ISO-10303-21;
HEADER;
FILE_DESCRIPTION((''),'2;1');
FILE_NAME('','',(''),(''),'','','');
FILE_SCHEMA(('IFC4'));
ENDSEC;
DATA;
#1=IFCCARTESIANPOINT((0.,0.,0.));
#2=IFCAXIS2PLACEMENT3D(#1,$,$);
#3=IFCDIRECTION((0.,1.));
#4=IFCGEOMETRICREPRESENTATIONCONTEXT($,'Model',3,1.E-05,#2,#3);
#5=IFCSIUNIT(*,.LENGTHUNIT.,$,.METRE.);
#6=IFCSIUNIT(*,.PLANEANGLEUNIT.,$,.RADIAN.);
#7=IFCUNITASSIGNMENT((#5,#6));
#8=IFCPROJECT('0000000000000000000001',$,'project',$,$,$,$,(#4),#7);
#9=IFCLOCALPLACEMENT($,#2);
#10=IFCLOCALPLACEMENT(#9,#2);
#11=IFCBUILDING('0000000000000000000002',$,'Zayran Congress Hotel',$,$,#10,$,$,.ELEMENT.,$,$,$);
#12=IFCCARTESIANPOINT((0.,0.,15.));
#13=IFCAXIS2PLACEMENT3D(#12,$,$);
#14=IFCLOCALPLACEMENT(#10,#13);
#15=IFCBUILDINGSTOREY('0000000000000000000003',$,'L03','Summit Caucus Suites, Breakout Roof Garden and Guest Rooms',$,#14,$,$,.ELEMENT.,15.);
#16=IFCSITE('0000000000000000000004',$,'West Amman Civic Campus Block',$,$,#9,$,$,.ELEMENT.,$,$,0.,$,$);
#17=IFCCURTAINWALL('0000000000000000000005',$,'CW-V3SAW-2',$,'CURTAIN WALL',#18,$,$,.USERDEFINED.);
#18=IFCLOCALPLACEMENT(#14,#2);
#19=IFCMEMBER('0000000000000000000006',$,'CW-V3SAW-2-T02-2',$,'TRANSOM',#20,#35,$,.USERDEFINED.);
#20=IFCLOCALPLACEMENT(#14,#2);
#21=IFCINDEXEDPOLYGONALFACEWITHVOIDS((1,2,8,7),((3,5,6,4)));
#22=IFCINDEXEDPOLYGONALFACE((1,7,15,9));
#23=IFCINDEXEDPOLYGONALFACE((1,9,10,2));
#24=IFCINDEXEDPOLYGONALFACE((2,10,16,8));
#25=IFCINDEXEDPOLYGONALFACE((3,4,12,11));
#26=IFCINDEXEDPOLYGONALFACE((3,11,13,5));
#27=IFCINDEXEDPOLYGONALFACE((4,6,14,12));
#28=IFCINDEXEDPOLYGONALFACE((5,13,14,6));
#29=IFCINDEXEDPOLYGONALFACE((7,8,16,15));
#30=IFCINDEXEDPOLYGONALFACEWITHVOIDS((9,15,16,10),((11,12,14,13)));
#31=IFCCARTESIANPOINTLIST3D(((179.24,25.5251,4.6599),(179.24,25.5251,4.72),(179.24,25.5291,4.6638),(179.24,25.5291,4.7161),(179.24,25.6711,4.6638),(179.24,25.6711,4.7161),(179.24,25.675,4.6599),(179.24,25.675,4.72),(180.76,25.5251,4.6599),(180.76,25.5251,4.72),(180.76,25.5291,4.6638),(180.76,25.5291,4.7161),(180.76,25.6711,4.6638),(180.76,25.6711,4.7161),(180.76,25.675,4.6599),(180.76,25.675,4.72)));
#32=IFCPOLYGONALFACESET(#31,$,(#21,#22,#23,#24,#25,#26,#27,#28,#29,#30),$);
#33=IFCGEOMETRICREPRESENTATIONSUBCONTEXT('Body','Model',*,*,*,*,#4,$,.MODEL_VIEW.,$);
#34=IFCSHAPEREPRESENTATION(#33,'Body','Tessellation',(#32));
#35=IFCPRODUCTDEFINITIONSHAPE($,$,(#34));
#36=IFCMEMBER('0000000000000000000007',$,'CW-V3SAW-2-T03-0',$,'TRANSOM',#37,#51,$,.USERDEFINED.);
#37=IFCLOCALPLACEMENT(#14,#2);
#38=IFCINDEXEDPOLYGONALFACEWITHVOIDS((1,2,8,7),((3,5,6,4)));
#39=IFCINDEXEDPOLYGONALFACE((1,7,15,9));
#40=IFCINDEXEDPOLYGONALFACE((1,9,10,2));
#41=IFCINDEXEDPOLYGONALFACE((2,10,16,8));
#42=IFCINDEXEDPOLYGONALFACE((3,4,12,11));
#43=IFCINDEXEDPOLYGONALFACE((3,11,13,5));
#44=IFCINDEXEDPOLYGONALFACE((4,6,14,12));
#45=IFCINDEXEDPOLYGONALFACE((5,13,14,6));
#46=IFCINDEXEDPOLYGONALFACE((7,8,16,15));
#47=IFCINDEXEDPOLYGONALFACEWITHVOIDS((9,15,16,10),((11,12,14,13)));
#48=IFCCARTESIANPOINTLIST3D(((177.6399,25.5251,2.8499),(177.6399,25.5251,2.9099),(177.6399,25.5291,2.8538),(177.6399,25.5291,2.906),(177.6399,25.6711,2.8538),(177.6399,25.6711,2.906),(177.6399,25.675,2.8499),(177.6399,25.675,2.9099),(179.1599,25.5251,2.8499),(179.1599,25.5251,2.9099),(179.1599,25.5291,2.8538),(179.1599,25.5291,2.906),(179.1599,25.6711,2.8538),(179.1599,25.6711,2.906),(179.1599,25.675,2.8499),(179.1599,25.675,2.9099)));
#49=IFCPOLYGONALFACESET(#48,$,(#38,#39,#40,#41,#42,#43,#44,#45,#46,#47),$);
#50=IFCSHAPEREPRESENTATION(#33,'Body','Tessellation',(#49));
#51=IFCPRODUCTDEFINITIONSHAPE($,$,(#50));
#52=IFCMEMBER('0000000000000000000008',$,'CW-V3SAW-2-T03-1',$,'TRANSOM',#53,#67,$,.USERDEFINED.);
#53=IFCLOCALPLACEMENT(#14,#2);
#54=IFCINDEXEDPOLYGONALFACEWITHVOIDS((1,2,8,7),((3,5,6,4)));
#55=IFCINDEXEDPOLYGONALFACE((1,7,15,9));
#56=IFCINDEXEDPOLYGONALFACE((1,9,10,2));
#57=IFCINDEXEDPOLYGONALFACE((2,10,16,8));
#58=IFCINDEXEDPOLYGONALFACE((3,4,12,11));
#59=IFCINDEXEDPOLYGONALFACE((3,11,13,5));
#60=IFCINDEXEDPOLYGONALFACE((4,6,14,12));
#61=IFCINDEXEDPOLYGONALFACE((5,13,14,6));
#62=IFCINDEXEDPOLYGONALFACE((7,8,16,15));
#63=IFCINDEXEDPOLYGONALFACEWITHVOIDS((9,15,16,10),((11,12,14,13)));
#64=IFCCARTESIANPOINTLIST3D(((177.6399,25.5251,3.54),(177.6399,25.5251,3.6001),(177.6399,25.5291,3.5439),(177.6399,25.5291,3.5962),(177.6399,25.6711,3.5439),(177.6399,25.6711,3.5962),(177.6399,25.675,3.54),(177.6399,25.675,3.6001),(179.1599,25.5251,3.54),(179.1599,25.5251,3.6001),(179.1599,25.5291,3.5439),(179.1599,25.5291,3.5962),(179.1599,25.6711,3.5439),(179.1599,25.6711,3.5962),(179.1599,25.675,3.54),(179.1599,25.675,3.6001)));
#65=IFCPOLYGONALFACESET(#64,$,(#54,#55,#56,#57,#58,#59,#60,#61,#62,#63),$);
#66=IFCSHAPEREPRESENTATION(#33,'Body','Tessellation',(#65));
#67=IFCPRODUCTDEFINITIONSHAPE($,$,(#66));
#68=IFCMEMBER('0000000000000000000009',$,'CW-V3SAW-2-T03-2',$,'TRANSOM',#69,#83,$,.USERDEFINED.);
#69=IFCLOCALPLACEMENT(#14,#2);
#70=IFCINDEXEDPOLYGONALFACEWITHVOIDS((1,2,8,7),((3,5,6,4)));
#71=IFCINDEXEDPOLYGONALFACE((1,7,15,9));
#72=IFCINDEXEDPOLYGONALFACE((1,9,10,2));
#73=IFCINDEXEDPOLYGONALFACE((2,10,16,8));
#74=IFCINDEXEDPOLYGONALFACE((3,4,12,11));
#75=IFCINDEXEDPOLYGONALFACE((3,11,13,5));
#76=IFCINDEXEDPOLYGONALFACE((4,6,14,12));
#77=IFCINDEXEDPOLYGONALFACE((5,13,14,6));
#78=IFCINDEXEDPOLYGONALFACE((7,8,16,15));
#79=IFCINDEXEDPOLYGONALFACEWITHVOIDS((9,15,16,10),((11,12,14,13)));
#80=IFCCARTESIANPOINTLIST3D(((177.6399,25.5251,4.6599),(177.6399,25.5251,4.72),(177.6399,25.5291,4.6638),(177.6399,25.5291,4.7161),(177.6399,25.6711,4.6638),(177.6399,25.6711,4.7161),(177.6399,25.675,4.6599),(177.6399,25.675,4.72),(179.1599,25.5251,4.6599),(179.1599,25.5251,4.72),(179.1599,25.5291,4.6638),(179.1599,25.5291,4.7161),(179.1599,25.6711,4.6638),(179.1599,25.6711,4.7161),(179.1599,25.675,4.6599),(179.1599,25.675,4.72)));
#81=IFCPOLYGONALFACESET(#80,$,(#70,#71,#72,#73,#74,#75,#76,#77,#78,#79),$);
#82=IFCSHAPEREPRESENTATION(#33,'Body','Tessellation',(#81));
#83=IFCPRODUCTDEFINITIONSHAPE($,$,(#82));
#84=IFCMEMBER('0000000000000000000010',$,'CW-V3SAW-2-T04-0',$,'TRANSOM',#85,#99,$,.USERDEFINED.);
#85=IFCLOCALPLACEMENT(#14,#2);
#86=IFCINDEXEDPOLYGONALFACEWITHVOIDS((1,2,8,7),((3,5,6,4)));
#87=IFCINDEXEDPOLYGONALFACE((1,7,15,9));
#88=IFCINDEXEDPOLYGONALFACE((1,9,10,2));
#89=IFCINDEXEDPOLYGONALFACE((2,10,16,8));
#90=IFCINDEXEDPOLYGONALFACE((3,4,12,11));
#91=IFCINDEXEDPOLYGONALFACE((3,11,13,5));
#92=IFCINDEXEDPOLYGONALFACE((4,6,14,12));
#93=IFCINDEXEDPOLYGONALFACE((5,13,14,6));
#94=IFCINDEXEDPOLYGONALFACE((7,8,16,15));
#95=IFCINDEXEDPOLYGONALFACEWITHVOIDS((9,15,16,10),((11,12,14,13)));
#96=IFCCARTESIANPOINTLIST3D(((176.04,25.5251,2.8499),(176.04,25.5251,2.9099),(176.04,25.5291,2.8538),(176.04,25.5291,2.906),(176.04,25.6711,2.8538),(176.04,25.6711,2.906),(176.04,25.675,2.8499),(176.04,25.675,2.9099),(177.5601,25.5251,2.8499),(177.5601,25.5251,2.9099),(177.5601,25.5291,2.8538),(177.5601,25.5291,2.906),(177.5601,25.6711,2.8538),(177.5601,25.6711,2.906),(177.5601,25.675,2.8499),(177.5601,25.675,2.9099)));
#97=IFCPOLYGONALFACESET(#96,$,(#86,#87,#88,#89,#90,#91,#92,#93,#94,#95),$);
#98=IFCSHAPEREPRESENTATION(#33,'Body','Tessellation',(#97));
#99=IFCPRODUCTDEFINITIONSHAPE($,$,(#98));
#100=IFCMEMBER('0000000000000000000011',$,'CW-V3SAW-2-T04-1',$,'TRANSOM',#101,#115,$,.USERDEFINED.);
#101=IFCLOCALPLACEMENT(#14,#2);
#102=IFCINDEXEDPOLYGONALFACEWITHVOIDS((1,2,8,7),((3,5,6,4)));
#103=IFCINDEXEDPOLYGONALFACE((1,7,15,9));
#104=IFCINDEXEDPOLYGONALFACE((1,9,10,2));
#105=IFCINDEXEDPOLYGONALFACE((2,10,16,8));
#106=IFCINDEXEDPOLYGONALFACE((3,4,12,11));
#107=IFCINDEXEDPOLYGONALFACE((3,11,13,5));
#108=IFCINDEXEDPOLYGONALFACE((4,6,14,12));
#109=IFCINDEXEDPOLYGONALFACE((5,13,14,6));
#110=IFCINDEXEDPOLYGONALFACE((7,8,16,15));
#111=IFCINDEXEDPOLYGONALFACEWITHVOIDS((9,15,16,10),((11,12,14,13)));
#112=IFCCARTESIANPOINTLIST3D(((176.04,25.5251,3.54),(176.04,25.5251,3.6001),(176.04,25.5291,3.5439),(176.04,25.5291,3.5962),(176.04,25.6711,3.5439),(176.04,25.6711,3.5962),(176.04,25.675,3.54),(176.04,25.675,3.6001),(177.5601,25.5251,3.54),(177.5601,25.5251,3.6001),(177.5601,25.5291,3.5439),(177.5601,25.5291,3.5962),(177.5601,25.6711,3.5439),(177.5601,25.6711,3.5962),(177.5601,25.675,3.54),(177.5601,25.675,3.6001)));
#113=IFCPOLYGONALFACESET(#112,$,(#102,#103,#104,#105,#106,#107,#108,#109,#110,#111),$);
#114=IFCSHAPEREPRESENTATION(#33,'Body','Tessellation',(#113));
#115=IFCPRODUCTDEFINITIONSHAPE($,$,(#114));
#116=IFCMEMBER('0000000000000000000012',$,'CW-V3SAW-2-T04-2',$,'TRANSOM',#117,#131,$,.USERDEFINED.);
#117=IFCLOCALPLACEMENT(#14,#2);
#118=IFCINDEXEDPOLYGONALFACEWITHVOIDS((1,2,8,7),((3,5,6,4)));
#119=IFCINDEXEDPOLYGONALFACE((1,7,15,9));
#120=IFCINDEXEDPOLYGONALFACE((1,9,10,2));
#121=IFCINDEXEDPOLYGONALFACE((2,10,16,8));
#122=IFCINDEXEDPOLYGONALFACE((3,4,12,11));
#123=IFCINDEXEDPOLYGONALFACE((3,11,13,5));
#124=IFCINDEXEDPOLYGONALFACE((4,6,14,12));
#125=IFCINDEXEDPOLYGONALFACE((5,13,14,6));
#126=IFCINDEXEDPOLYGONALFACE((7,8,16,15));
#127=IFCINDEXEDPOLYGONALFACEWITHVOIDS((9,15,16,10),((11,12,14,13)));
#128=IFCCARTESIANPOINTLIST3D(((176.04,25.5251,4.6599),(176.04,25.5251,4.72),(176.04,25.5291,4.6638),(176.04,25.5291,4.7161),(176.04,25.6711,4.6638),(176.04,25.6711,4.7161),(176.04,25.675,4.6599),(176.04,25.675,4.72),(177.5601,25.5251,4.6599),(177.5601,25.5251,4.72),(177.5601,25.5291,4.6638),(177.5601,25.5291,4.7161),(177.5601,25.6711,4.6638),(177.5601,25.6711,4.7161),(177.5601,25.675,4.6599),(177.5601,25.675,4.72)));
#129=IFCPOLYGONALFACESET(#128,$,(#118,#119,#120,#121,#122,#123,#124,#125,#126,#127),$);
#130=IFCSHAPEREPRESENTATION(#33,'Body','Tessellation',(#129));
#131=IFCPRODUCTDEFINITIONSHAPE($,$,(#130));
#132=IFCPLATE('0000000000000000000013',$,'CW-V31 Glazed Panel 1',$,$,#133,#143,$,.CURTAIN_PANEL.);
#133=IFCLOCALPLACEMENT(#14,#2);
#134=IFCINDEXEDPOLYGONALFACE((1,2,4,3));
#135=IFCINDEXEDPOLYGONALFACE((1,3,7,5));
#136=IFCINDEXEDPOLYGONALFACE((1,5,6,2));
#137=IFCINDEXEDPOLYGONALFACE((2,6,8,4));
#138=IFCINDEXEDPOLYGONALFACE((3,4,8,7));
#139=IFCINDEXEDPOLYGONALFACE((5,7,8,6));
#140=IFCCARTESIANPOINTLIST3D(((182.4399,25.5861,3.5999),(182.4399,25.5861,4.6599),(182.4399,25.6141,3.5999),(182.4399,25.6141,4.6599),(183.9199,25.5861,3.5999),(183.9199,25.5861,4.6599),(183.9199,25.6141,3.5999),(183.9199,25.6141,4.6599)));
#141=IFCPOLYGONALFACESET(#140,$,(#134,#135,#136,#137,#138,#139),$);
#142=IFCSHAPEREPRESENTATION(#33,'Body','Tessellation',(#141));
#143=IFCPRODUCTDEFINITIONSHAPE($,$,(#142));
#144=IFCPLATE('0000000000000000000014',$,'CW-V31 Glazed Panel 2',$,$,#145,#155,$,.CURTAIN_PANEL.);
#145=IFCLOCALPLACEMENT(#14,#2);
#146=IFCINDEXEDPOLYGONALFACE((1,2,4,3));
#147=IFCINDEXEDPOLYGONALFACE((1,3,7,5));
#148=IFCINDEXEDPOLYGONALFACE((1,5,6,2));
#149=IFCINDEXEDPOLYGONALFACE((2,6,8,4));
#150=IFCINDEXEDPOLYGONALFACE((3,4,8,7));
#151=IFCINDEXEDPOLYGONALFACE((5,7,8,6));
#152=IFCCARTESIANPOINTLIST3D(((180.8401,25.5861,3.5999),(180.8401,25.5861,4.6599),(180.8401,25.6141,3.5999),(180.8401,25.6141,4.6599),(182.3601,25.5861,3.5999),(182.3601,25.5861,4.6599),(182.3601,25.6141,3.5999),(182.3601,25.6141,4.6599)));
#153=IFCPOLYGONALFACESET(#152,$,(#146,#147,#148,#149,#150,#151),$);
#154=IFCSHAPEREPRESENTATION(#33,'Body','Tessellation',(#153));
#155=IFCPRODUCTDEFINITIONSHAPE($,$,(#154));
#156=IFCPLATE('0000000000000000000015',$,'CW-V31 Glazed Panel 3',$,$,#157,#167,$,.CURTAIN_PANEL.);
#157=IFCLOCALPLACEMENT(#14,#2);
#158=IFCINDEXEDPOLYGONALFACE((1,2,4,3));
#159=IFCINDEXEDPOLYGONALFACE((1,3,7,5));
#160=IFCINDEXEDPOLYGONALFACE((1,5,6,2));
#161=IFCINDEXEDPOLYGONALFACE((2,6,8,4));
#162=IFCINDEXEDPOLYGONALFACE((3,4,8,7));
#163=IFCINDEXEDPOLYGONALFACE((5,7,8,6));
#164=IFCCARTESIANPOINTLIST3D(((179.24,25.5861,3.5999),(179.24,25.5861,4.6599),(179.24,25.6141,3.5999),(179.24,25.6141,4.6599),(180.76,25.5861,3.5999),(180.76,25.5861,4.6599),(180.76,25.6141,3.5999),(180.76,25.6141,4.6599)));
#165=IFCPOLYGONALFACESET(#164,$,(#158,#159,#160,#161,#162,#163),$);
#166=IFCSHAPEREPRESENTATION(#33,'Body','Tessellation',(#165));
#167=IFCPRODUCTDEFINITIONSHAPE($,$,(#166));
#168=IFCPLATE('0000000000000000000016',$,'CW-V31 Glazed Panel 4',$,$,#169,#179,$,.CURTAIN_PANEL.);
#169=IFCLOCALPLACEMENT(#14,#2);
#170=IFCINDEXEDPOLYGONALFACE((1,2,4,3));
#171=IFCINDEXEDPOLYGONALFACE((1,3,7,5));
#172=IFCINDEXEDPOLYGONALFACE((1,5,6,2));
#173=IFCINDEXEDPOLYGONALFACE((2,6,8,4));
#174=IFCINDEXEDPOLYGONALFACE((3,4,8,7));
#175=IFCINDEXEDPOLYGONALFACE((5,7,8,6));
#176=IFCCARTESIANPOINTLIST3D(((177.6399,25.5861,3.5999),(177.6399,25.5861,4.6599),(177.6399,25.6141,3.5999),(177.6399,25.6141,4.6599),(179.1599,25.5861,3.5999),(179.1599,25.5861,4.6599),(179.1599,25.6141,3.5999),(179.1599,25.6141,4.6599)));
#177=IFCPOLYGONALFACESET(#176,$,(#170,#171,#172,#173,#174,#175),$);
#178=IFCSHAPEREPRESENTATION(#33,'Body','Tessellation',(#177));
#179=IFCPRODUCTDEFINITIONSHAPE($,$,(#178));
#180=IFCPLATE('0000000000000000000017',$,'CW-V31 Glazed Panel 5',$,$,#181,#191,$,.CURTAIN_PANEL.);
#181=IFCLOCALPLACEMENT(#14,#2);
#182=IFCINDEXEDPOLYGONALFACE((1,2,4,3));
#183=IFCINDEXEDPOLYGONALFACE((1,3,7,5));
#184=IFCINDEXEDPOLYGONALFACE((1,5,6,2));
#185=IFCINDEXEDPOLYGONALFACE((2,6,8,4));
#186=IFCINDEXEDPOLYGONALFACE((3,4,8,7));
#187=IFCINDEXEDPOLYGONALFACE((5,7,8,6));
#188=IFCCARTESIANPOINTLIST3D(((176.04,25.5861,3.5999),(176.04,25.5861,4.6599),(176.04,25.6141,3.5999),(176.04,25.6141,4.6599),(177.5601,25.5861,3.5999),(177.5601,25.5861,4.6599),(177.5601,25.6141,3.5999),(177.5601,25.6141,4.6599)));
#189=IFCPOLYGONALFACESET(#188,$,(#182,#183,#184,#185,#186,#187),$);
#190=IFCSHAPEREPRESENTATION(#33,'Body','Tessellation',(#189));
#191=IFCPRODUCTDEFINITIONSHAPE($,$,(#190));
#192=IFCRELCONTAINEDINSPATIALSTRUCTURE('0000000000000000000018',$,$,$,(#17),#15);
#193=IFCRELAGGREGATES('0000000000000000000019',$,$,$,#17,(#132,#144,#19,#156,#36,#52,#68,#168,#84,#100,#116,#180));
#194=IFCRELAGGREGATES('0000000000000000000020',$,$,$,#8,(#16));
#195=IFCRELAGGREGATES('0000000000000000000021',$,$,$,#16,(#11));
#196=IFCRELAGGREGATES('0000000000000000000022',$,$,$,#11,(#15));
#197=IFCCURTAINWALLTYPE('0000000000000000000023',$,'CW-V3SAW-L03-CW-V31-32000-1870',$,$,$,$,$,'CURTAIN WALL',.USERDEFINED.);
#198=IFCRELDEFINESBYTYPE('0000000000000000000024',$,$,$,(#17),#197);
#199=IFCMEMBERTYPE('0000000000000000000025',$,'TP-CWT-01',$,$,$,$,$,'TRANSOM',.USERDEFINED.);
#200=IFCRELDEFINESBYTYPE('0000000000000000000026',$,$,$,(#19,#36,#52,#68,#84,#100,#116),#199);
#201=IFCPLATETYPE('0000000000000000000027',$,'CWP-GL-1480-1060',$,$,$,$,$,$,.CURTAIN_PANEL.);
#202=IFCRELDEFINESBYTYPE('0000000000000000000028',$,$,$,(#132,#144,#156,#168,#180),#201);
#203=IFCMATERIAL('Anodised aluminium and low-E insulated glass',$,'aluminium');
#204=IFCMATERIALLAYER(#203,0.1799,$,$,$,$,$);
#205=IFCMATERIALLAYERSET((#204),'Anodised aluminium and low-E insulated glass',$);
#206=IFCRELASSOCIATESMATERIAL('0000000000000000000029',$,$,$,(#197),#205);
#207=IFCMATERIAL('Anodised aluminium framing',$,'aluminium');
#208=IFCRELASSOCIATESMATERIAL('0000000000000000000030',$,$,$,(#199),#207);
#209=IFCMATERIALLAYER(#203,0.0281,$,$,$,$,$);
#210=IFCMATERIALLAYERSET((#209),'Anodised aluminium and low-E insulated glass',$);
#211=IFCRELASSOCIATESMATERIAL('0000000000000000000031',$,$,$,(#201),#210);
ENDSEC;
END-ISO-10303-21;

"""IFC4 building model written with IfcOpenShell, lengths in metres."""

from ifc_helpers import new_model, si_unit, direction, frame, origin, origin_2d, place, context, subcontext, project, spatial, rectangle, hollow_rectangle, extrude, material, layer, layer_set, material_profile, profile_set, type_object, element, aggregate, save


model = new_model("IFC4")

# Units and contexts
model_context = context("Model", 3, precision=1e-05, world=origin(), true_north=direction((0.0, 1.0)))
body_context = subcontext(model_context, "Body", "Model", "MODEL_VIEW")
ifc_project = project(units=[si_unit("LENGTHUNIT", "METRE"), si_unit("PLANEANGLEUNIT", "RADIAN")], contexts=[model_context])

# Site, building, storey
site_placement = place(None, origin())
site = spatial("IfcSite", under=ifc_project, at=site_placement, Name="West Amman Civic Campus Block", CompositionType="ELEMENT", RefElevation=0.0)
building_placement = place(site_placement, origin())
building = spatial("IfcBuilding", under=site, at=building_placement, Name="Zayran Congress Hotel", CompositionType="ELEMENT")
storey_placement = place(building_placement, frame((0.0, 0.0, 15.0)))
storey = spatial("IfcBuildingStorey", under=building, at=storey_placement, Name="L03", Description="Summit Caucus Suites, Breakout Roof Garden and Guest Rooms", CompositionType="ELEMENT", Elevation=15.0)

# Curtain wall, members, plates
ifc_material_1 = material(Name="Anodised aluminium and low-E insulated glass", Category="aluminium")
ifc_layer_1 = layer(ifc_material_1, 0.1799)
ifc_layer_set_1 = layer_set([ifc_layer_1], Name="Anodised aluminium and low-E insulated glass")
curtain_wall_type = type_object("IfcCurtainWallType", Name="CW-V3SAW-L03-CW-V31-32000-1870", ElementType="CURTAIN WALL", PredefinedType="USERDEFINED", material=ifc_layer_set_1)
curtain_wall_placement = place(storey_placement, origin())
curtain_wall = element("IfcCurtainWall", 1, at=curtain_wall_placement, inside=storey, type_object=curtain_wall_type, Name="CW-V3SAW-2", ObjectType="CURTAIN WALL", PredefinedType="USERDEFINED")
ifc_material_2 = material(Name="Anodised aluminium framing", Category="aluminium")
ifc_material_profile_1 = material_profile(ifc_material_2, hollow_rectangle(XDim=0.0601, YDim=0.1499, WallThickness=0.0039, at=origin_2d()), Name="RHS 150x60x4")
ifc_profile_set_1 = profile_set([ifc_material_profile_1], Name="Anodised aluminium framing")
member_type_1 = type_object("IfcMemberType", Name="TP-CWT-01", ElementType="TRANSOM", PredefinedType="USERDEFINED", material=ifc_profile_set_1)
member_1_placement = place(storey_placement, frame((180.76, 25.6001, 4.6899), z_axis=(-1.0, 0.0, 0.0), x_axis=(0.0, 0.0, 1.0)))
member_1 = element("IfcMember", 2, at=member_1_placement, type_object=member_type_1, Name="CW-V3SAW-2-T02-2", ObjectType="TRANSOM", PredefinedType="USERDEFINED", context=body_context, shape_type="SweptSolid", body=[
    extrude(hollow_rectangle(XDim=0.0601, YDim=0.1499, WallThickness=0.0039, at=origin_2d()), origin(), (0.0, 0.0, 1.0), 1.52),
])
member_2_placement = place(storey_placement, frame((179.1599, 25.6001, 2.8799), z_axis=(-1.0, 0.0, 0.0), x_axis=(0.0, 0.0, 1.0)))
member_2 = element("IfcMember", 3, at=member_2_placement, type_object=member_type_1, Name="CW-V3SAW-2-T03-0", ObjectType="TRANSOM", PredefinedType="USERDEFINED", context=body_context, shape_type="SweptSolid", body=[
    extrude(hollow_rectangle(XDim=0.0601, YDim=0.1499, WallThickness=0.0039, at=origin_2d()), origin(), (0.0, 0.0, 1.0), 1.52),
])
member_3_placement = place(storey_placement, frame((179.1599, 25.6001, 3.5701), z_axis=(-1.0, 0.0, 0.0), x_axis=(0.0, 0.0, 1.0)))
member_3 = element("IfcMember", 4, at=member_3_placement, type_object=member_type_1, Name="CW-V3SAW-2-T03-1", ObjectType="TRANSOM", PredefinedType="USERDEFINED", context=body_context, shape_type="SweptSolid", body=[
    extrude(hollow_rectangle(XDim=0.0601, YDim=0.1499, WallThickness=0.0039, at=origin_2d()), origin(), (0.0, 0.0, 1.0), 1.52),
])
member_4_placement = place(storey_placement, frame((179.1599, 25.6001, 4.6899), z_axis=(-1.0, 0.0, 0.0), x_axis=(0.0, 0.0, 1.0)))
member_4 = element("IfcMember", 5, at=member_4_placement, type_object=member_type_1, Name="CW-V3SAW-2-T03-2", ObjectType="TRANSOM", PredefinedType="USERDEFINED", context=body_context, shape_type="SweptSolid", body=[
    extrude(hollow_rectangle(XDim=0.0601, YDim=0.1499, WallThickness=0.0039, at=origin_2d()), origin(), (0.0, 0.0, 1.0), 1.52),
])
member_5_placement = place(storey_placement, frame((177.5601, 25.6001, 2.8799), z_axis=(-1.0, 0.0, 0.0), x_axis=(0.0, 0.0, 1.0)))
member_5 = element("IfcMember", 6, at=member_5_placement, type_object=member_type_1, Name="CW-V3SAW-2-T04-0", ObjectType="TRANSOM", PredefinedType="USERDEFINED", context=body_context, shape_type="SweptSolid", body=[
    extrude(hollow_rectangle(XDim=0.0601, YDim=0.1499, WallThickness=0.0039, at=origin_2d()), origin(), (0.0, 0.0, 1.0), 1.52),
])
member_6_placement = place(storey_placement, frame((177.5601, 25.6001, 3.5701), z_axis=(-1.0, 0.0, 0.0), x_axis=(0.0, 0.0, 1.0)))
member_6 = element("IfcMember", 7, at=member_6_placement, type_object=member_type_1, Name="CW-V3SAW-2-T04-1", ObjectType="TRANSOM", PredefinedType="USERDEFINED", context=body_context, shape_type="SweptSolid", body=[
    extrude(hollow_rectangle(XDim=0.0601, YDim=0.1499, WallThickness=0.0039, at=origin_2d()), origin(), (0.0, 0.0, 1.0), 1.52),
])
member_7_placement = place(storey_placement, frame((177.5601, 25.6001, 4.6899), z_axis=(-1.0, 0.0, 0.0), x_axis=(0.0, 0.0, 1.0)))
member_7 = element("IfcMember", 8, at=member_7_placement, type_object=member_type_1, Name="CW-V3SAW-2-T04-2", ObjectType="TRANSOM", PredefinedType="USERDEFINED", context=body_context, shape_type="SweptSolid", body=[
    extrude(hollow_rectangle(XDim=0.0601, YDim=0.1499, WallThickness=0.0039, at=origin_2d()), origin(), (0.0, 0.0, 1.0), 1.52),
])
ifc_layer_2 = layer(ifc_material_1, 0.0281)
ifc_layer_set_2 = layer_set([ifc_layer_2], Name="Anodised aluminium and low-E insulated glass")
plate_type_1 = type_object("IfcPlateType", Name="CWP-GL-1480-1060", PredefinedType="CURTAIN_PANEL", material=ifc_layer_set_2)
plate_1_placement = place(storey_placement, frame((183.1799, 25.6001, 3.5999), z_axis=(0.0, 0.0, 1.0), x_axis=(1.0, 0.0, 0.0)))
plate_1 = element("IfcPlate", 9, at=plate_1_placement, type_object=plate_type_1, Name="CW-V31 Glazed Panel 1", PredefinedType="CURTAIN_PANEL", context=body_context, shape_type="SweptSolid", body=[
    extrude(rectangle(XDim=1.48, YDim=0.0281, at=origin_2d()), origin(), (0.0, 0.0, 1.0), 1.0601),
])
plate_2_placement = place(storey_placement, frame((181.6001, 25.6001, 3.5999), z_axis=(0.0, 0.0, 1.0), x_axis=(1.0, 0.0, 0.0)))
plate_2 = element("IfcPlate", 10, at=plate_2_placement, type_object=plate_type_1, Name="CW-V31 Glazed Panel 2", PredefinedType="CURTAIN_PANEL", context=body_context, shape_type="SweptSolid", body=[
    extrude(rectangle(XDim=1.52, YDim=0.0281, at=origin_2d()), origin(), (0.0, 0.0, 1.0), 1.0601),
])
plate_3_placement = place(storey_placement, frame((180.0, 25.6001, 3.5999), z_axis=(0.0, 0.0, 1.0), x_axis=(1.0, 0.0, 0.0)))
plate_3 = element("IfcPlate", 11, at=plate_3_placement, type_object=plate_type_1, Name="CW-V31 Glazed Panel 3", PredefinedType="CURTAIN_PANEL", context=body_context, shape_type="SweptSolid", body=[
    extrude(rectangle(XDim=1.52, YDim=0.0281, at=origin_2d()), origin(), (0.0, 0.0, 1.0), 1.0601),
])
plate_4_placement = place(storey_placement, frame((178.3999, 25.6001, 3.5999), z_axis=(0.0, 0.0, 1.0), x_axis=(1.0, 0.0, 0.0)))
plate_4 = element("IfcPlate", 12, at=plate_4_placement, type_object=plate_type_1, Name="CW-V31 Glazed Panel 4", PredefinedType="CURTAIN_PANEL", context=body_context, shape_type="SweptSolid", body=[
    extrude(rectangle(XDim=1.52, YDim=0.0281, at=origin_2d()), origin(), (0.0, 0.0, 1.0), 1.0601),
])
plate_5_placement = place(storey_placement, frame((176.8, 25.6001, 3.5999), z_axis=(0.0, 0.0, 1.0), x_axis=(1.0, 0.0, 0.0)))
plate_5 = element("IfcPlate", 13, at=plate_5_placement, type_object=plate_type_1, Name="CW-V31 Glazed Panel 5", PredefinedType="CURTAIN_PANEL", context=body_context, shape_type="SweptSolid", body=[
    extrude(rectangle(XDim=1.52, YDim=0.0281, at=origin_2d()), origin(), (0.0, 0.0, 1.0), 1.0601),
])
aggregate(curtain_wall, [plate_1, plate_2, member_1, plate_3, member_2, member_3, member_4, plate_4, member_5, member_6, member_7, plate_5])

save(model, "model.ifc")
